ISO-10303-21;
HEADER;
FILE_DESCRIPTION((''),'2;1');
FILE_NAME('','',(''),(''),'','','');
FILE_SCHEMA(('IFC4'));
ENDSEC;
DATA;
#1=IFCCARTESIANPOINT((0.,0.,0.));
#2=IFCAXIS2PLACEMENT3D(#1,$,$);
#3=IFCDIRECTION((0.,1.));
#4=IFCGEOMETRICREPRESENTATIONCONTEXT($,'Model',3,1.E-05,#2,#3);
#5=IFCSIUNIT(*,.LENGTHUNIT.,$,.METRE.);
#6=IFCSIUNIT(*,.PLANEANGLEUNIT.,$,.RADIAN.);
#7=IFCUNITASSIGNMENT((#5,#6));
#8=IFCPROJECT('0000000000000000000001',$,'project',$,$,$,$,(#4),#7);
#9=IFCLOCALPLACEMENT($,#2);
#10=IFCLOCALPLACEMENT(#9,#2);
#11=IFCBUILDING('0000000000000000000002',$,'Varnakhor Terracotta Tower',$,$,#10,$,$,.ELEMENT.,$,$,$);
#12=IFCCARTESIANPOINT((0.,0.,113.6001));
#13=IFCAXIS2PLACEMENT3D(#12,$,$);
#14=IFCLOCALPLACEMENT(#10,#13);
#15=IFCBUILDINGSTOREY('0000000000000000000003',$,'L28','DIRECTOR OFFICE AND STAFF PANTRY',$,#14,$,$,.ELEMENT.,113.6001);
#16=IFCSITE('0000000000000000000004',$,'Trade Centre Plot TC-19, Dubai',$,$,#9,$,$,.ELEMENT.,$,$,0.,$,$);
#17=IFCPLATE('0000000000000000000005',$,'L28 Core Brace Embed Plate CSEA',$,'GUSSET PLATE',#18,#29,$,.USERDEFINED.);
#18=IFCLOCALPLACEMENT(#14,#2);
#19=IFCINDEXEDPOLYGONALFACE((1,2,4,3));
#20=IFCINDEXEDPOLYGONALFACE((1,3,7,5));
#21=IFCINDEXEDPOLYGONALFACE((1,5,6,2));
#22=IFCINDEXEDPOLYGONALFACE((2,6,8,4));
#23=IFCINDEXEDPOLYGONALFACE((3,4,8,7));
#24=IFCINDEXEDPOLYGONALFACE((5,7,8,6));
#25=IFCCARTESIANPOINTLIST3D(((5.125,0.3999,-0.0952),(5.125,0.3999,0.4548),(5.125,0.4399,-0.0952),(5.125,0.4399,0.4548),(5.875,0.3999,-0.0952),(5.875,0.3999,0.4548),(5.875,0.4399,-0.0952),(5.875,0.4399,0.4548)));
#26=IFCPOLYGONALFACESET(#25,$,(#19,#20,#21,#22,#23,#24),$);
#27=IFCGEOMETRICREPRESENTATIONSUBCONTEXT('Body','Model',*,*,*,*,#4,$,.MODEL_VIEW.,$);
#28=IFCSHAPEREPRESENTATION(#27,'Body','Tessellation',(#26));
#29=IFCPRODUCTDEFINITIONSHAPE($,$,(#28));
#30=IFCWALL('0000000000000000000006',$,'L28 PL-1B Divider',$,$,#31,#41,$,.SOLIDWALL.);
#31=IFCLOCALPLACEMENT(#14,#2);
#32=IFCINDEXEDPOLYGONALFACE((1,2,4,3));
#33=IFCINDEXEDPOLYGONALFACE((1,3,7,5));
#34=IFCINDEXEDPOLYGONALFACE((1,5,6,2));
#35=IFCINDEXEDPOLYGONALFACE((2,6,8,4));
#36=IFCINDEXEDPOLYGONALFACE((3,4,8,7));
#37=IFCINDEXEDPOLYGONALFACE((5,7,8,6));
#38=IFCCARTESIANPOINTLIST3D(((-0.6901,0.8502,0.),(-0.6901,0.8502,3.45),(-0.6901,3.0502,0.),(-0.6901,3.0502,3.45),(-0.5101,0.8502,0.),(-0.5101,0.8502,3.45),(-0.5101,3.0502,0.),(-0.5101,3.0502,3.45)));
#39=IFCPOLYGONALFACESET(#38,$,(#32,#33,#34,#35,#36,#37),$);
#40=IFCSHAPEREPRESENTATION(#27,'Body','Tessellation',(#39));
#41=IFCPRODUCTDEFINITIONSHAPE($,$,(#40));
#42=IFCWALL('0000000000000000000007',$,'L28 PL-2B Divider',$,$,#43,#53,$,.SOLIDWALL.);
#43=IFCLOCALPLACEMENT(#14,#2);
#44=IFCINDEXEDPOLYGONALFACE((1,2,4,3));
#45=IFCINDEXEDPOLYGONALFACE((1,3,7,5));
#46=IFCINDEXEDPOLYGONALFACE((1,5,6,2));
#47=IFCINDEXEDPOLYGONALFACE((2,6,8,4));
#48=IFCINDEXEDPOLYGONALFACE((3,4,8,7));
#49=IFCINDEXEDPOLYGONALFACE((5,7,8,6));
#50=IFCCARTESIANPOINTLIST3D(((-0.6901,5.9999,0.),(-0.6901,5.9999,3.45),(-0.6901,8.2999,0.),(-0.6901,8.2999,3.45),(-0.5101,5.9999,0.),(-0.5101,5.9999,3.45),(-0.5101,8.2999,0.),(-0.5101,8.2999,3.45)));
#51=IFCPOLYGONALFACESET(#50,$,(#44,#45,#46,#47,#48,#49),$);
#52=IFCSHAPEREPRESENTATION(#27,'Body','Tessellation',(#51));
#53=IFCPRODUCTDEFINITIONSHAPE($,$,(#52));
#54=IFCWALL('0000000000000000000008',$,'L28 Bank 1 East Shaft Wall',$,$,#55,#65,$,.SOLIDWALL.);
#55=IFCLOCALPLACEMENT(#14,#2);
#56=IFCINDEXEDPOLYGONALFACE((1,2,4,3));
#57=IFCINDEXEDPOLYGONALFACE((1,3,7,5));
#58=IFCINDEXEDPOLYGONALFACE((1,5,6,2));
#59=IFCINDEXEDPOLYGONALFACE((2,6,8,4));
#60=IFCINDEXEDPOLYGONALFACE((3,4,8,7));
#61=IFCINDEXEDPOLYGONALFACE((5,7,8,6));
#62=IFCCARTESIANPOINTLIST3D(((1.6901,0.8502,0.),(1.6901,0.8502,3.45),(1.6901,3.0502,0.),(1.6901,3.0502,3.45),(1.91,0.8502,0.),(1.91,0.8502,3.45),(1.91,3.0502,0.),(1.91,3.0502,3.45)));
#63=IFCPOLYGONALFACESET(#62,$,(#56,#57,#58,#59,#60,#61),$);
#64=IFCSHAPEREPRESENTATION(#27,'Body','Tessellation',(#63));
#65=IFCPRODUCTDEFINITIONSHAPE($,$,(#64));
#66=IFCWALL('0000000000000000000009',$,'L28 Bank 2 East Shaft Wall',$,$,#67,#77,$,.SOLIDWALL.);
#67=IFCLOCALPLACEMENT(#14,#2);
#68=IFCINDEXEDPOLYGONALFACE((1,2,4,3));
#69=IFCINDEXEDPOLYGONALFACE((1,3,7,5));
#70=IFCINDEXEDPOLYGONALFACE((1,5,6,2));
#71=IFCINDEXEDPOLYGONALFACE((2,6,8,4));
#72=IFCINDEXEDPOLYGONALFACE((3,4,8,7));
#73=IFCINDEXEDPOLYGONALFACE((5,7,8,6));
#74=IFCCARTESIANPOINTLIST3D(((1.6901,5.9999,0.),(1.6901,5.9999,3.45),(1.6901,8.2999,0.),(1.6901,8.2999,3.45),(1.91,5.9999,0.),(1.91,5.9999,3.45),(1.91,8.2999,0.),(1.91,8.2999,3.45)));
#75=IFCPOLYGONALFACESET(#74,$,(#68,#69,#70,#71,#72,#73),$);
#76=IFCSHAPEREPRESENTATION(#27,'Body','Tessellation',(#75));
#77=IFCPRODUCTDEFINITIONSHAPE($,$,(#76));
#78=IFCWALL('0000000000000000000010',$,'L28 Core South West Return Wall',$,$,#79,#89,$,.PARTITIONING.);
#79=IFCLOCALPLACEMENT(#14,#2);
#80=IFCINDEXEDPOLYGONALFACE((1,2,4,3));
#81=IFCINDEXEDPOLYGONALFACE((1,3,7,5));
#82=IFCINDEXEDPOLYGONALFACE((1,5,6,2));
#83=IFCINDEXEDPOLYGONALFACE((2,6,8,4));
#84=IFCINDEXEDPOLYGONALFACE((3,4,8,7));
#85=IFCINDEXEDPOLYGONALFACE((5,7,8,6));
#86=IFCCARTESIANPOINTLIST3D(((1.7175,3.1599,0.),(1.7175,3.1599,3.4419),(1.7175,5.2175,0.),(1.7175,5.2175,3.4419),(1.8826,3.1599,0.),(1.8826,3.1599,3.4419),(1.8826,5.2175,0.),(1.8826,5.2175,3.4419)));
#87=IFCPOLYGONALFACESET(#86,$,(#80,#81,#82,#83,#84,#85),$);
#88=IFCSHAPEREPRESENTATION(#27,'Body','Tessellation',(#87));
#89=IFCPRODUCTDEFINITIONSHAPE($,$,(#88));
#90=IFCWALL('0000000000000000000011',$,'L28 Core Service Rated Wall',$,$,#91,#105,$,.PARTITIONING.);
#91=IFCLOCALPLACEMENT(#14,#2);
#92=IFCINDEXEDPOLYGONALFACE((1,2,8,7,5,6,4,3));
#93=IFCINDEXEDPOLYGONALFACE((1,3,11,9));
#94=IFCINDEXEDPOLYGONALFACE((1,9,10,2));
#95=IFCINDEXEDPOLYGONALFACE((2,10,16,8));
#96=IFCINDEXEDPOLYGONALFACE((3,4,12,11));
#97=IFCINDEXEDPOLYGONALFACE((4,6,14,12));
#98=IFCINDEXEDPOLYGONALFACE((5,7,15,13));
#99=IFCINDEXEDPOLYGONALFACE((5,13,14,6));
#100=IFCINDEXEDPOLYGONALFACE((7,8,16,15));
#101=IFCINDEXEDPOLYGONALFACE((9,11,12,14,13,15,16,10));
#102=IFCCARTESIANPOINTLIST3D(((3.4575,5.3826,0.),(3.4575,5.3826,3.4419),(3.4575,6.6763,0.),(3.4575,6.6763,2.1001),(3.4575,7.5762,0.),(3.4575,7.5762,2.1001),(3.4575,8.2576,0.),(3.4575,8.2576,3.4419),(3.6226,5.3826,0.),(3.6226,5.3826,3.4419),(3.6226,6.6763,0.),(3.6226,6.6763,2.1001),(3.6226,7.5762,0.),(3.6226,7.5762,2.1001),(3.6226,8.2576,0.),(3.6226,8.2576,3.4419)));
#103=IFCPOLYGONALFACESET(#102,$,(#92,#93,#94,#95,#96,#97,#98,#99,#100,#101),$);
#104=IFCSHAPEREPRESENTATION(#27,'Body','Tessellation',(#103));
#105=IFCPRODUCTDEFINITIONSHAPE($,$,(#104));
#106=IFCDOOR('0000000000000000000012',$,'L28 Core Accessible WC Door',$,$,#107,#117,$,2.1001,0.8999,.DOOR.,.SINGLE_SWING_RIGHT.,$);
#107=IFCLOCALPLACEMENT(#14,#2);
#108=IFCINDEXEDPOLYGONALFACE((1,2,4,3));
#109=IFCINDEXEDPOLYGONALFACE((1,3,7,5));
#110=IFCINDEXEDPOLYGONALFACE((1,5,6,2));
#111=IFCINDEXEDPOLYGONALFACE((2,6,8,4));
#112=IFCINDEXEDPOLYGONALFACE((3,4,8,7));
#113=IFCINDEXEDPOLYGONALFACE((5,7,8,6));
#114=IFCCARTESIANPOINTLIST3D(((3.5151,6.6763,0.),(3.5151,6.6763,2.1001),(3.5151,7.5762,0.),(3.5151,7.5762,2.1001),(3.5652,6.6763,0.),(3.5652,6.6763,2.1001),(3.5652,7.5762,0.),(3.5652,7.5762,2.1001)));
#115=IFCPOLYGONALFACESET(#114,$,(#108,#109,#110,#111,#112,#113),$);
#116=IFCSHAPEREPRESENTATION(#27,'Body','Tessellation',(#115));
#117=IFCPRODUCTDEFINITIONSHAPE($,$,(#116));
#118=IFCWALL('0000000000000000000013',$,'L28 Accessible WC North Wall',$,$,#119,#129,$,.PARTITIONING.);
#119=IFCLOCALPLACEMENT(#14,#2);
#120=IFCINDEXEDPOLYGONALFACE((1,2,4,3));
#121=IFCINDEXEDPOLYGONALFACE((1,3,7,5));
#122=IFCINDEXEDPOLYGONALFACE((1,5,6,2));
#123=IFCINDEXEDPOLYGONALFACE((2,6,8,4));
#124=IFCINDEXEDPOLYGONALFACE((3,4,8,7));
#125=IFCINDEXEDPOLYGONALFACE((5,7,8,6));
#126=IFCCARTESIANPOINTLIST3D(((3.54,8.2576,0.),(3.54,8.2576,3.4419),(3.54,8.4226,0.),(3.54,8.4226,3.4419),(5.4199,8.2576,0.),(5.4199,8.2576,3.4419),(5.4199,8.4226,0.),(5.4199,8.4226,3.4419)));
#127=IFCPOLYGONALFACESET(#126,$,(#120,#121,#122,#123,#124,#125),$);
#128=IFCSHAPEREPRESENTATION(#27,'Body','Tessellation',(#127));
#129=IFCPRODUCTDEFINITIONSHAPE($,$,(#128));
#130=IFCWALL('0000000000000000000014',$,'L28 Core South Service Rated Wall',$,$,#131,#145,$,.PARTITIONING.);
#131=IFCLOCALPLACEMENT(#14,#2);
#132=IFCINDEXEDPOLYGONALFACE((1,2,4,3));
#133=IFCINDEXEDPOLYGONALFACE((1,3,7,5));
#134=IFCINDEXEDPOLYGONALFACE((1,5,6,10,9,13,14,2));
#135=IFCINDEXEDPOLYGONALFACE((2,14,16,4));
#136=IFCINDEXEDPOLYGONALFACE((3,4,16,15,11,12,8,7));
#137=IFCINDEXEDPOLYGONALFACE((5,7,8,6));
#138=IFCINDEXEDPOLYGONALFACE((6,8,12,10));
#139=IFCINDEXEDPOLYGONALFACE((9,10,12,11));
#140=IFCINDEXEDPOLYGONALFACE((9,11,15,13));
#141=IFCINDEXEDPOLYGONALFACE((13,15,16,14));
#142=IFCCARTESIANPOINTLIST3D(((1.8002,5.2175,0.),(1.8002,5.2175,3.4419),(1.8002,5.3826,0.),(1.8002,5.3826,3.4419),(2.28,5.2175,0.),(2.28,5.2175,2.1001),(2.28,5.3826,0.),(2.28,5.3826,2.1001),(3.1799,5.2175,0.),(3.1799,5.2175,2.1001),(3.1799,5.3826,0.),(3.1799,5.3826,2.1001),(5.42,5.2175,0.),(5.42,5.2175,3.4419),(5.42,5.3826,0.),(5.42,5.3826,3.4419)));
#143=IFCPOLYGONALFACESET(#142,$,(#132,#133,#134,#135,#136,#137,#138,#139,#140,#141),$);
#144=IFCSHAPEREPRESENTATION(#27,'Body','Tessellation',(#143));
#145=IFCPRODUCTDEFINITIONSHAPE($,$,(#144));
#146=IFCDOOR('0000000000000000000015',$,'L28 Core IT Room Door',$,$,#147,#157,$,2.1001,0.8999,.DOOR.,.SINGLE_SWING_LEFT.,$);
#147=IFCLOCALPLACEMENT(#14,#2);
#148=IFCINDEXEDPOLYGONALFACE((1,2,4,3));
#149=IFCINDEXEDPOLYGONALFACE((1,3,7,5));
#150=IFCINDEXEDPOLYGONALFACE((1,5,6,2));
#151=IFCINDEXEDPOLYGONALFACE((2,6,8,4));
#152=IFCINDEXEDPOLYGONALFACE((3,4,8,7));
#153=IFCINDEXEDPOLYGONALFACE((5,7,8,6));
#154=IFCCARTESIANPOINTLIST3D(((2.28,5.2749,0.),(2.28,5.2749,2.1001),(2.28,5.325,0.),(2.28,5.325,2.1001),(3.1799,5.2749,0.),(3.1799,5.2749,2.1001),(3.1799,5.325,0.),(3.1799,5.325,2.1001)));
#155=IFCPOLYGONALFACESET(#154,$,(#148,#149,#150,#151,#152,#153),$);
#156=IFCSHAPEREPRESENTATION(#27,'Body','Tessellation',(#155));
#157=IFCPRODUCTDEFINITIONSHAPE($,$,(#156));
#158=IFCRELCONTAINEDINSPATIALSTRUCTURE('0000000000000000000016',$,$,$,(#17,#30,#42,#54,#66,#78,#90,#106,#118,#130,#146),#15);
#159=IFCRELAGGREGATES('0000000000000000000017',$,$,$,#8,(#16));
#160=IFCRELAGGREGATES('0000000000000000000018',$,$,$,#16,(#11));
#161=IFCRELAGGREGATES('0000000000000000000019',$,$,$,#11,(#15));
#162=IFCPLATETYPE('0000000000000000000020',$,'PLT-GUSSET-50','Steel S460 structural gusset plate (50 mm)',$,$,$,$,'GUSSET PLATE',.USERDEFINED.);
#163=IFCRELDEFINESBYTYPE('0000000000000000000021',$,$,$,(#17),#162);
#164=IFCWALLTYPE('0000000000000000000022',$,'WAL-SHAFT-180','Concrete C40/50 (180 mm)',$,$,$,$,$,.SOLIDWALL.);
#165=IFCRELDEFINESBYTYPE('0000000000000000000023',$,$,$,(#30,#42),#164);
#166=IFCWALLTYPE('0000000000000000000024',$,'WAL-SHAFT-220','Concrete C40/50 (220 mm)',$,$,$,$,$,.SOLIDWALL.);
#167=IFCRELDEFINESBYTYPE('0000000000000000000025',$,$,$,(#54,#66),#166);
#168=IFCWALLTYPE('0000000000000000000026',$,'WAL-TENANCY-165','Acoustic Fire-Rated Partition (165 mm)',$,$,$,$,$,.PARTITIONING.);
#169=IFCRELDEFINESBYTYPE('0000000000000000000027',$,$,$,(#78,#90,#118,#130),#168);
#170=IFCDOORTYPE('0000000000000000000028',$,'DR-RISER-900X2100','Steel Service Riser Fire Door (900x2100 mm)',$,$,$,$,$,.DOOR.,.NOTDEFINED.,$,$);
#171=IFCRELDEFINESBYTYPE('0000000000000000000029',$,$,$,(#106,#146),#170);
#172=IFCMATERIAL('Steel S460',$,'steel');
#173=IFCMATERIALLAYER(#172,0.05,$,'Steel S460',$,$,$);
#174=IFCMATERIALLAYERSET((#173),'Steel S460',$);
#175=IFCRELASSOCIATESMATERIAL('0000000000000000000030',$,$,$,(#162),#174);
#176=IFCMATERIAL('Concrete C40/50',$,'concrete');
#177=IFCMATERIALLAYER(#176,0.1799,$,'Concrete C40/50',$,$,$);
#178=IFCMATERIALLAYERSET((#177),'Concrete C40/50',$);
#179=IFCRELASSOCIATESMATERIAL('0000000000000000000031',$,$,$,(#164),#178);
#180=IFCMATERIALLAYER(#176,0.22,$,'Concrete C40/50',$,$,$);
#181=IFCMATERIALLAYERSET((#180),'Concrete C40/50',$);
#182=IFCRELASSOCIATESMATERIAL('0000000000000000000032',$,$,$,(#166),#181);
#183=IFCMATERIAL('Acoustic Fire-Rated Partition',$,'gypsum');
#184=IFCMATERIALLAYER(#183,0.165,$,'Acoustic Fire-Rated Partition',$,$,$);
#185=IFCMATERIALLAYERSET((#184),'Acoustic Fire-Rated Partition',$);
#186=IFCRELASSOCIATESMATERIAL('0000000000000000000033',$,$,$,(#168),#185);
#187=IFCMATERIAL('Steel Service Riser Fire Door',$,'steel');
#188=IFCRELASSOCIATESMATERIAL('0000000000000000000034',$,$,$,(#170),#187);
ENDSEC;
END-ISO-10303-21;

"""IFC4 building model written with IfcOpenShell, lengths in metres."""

from ifc_helpers import new_model, si_unit, direction, frame, frame_2d, origin, origin_2d, place, context, subcontext, project, spatial, rectangle, extrude, source, transform, mapped, material, layer, layer_set, type_object, type_shapes, element, fill, save


model = new_model("IFC4")

# Units and contexts
model_context = context("Model", 3, precision=1e-05, world=origin(), true_north=direction((0.0, 1.0)))
body_context = subcontext(model_context, "Body", "Model", "MODEL_VIEW")
ifc_project = project(units=[si_unit("LENGTHUNIT", "METRE"), si_unit("PLANEANGLEUNIT", "RADIAN")], contexts=[model_context])

# Site, building, storey
site_placement = place(None, origin())
site = spatial("IfcSite", under=ifc_project, at=site_placement, Name="Trade Centre Plot TC-19, Dubai", CompositionType="ELEMENT", RefElevation=0.0)
building_placement = place(site_placement, origin())
building = spatial("IfcBuilding", under=site, at=building_placement, Name="Varnakhor Terracotta Tower", CompositionType="ELEMENT")
storey_placement = place(building_placement, frame((0.0, 0.0, 113.6001)))
storey = spatial("IfcBuildingStorey", under=building, at=storey_placement, Name="L28", Description="DIRECTOR OFFICE AND STAFF PANTRY", CompositionType="ELEMENT", Elevation=113.6001)

# Shared definitions
ifc_material_1 = material(Name="Steel S460", Category="steel")

# Shared definitions
ifc_material_2 = material(Name="Concrete C40/50", Category="concrete")

# Plate
ifc_layer_1 = layer(ifc_material_1, 0.05, Name="Steel S460")
ifc_layer_set_1 = layer_set([ifc_layer_1], Name="Steel S460")
plate_type = type_object("IfcPlateType", Name="PLT-GUSSET-50", Description="Steel S460 structural gusset plate (50 mm)", ElementType="GUSSET PLATE", PredefinedType="USERDEFINED", material=ifc_layer_set_1)
shared_shape_1 = source(origin(), body_context, "Body", "SweptSolid", [
    extrude(rectangle(XDim=0.75, YDim=0.04, at=origin_2d()), origin(), (0.0, 0.0, 1.0), 0.55),
])
type_shapes(plate_type, [shared_shape_1])
plate_placement = place(storey_placement, frame((5.5, 0.4199, -0.0952), z_axis=(0.0, 0.0, 1.0), x_axis=(1.0, 0.0, 0.0)))
element("IfcPlate", 1, at=plate_placement, inside=storey, type_object=plate_type, Name="L28 Core Brace Embed Plate CSEA", ObjectType="GUSSET PLATE", PredefinedType="USERDEFINED", context=body_context, shape_type="MappedRepresentation", body=[
    mapped(shared_shape_1, transform((0.0, 0.0, 0.0), scale=1.0)),
])

# Walls
ifc_layer_2 = layer(ifc_material_2, 0.1799, Name="Concrete C40/50")
ifc_layer_set_2 = layer_set([ifc_layer_2], Name="Concrete C40/50")
wall_type_1 = type_object("IfcWallType", Name="WAL-SHAFT-180", Description="Concrete C40/50 (180 mm)", PredefinedType="SOLIDWALL", material=ifc_layer_set_2)
wall_1_placement = place(storey_placement, frame((-0.6001, 0.8501, 0.0), z_axis=(0.0, 0.0, 1.0), x_axis=(0.0, 1.0, 0.0)))
element("IfcWall", 2, at=wall_1_placement, inside=storey, type_object=wall_type_1, Name="L28 PL-1B Divider", PredefinedType="SOLIDWALL", context=body_context, shape_type="SweptSolid", body=[
    extrude(rectangle(XDim=2.2, YDim=0.1799, at=frame_2d((1.1001, 0.0))), origin(), (0.0, 0.0, 1.0), 3.45),
])
wall_2_placement = place(storey_placement, frame((-0.6001, 6.0, 0.0), z_axis=(0.0, 0.0, 1.0), x_axis=(0.0, 1.0, 0.0)))
element("IfcWall", 3, at=wall_2_placement, inside=storey, type_object=wall_type_1, Name="L28 PL-2B Divider", PredefinedType="SOLIDWALL", context=body_context, shape_type="SweptSolid", body=[
    extrude(rectangle(XDim=2.3, YDim=0.1799, at=frame_2d((1.1499, 0.0))), origin(), (0.0, 0.0, 1.0), 3.45),
])
ifc_layer_3 = layer(ifc_material_2, 0.22, Name="Concrete C40/50")
ifc_layer_set_3 = layer_set([ifc_layer_3], Name="Concrete C40/50")
wall_type_2 = type_object("IfcWallType", Name="WAL-SHAFT-220", Description="Concrete C40/50 (220 mm)", PredefinedType="SOLIDWALL", material=ifc_layer_set_3)
wall_3_placement = place(storey_placement, frame((1.8, 0.8501, 0.0), z_axis=(0.0, 0.0, 1.0), x_axis=(0.0, 1.0, 0.0)))
element("IfcWall", 4, at=wall_3_placement, inside=storey, type_object=wall_type_2, Name="L28 Bank 1 East Shaft Wall", PredefinedType="SOLIDWALL", context=body_context, shape_type="SweptSolid", body=[
    extrude(rectangle(XDim=2.2, YDim=0.22, at=frame_2d((1.1001, 0.0))), origin(), (0.0, 0.0, 1.0), 3.45),
])
wall_4_placement = place(storey_placement, frame((1.8, 6.0, 0.0), z_axis=(0.0, 0.0, 1.0), x_axis=(0.0, 1.0, 0.0)))
element("IfcWall", 5, at=wall_4_placement, inside=storey, type_object=wall_type_2, Name="L28 Bank 2 East Shaft Wall", PredefinedType="SOLIDWALL", context=body_context, shape_type="SweptSolid", body=[
    extrude(rectangle(XDim=2.3, YDim=0.22, at=frame_2d((1.1499, 0.0))), origin(), (0.0, 0.0, 1.0), 3.45),
])
ifc_material_3 = material(Name="Acoustic Fire-Rated Partition", Category="gypsum")
ifc_layer_4 = layer(ifc_material_3, 0.165, Name="Acoustic Fire-Rated Partition")
ifc_layer_set_4 = layer_set([ifc_layer_4], Name="Acoustic Fire-Rated Partition")
wall_type_3 = type_object("IfcWallType", Name="WAL-TENANCY-165", Description="Acoustic Fire-Rated Partition (165 mm)", PredefinedType="PARTITIONING", material=ifc_layer_set_4)
wall_5_placement = place(storey_placement, frame((1.8, 3.1599, 0.0), z_axis=(0.0, 0.0, 1.0), x_axis=(0.0, 1.0, 0.0)))
element("IfcWall", 6, at=wall_5_placement, inside=storey, type_object=wall_type_3, Name="L28 Core South West Return Wall", PredefinedType="PARTITIONING", context=body_context, shape_type="SweptSolid", body=[
    extrude(rectangle(XDim=2.0576, YDim=0.165, at=frame_2d((1.0288, 0.0))), origin(), (0.0, 0.0, 1.0), 3.4419),
])

# Wall, opening, door
wall_6_placement = place(storey_placement, frame((3.54, 5.3826, 0.0), z_axis=(0.0, 0.0, 1.0), x_axis=(0.0, 1.0, 0.0)))
wall_6 = element("IfcWall", 7, at=wall_6_placement, inside=storey, type_object=wall_type_3, Name="L28 Core Service Rated Wall", PredefinedType="PARTITIONING", context=body_context, shape_type="SweptSolid", body=[
    extrude(rectangle(XDim=2.875, YDim=0.165, at=frame_2d((1.4375, 0.0))), origin(), (0.0, 0.0, 1.0), 3.4419),
])
opening_1_placement = place(wall_6_placement, frame((1.2937, 0.0, 0.0)))
opening_1 = element("IfcOpeningElement", 8, at=opening_1_placement, cuts=wall_6, PredefinedType="OPENING", context=body_context, shape_type="SweptSolid", body=[
    extrude(rectangle(XDim=0.8999, YDim=2.1001, at=frame_2d((0.45, 1.05))), frame((0.0, 0.0925, 0.0), z_axis=(0.0, -1.0, 0.0), x_axis=(1.0, 0.0, 0.0)), (0.0, 0.0, 1.0), 0.1851),
])
ifc_material_4 = material(Name="Steel Service Riser Fire Door", Category="steel")
door_type = type_object("IfcDoorType", Name="DR-RISER-900X2100", Description="Steel Service Riser Fire Door (900x2100 mm)", OperationType="NOTDEFINED", PredefinedType="DOOR", material=ifc_material_4)
shared_shape_2 = source(origin(), body_context, "Body", "SweptSolid", [
    extrude(rectangle(XDim=0.8999, YDim=2.1001, at=frame_2d((0.45, 1.05))), frame((0.0, 0.0249, 0.0), z_axis=(0.0, -1.0, 0.0), x_axis=(1.0, 0.0, 0.0)), (0.0, 0.0, 1.0), 0.05),
])
type_shapes(door_type, [shared_shape_2])
door_1_placement = place(opening_1_placement, origin())
door_1 = element("IfcDoor", 9, at=door_1_placement, inside=storey, type_object=door_type, Name="L28 Core Accessible WC Door", OperationType="SINGLE_SWING_RIGHT", OverallHeight=2.1001, OverallWidth=0.8999, PredefinedType="DOOR", context=body_context, shape_type="MappedRepresentation", body=[
    mapped(shared_shape_2, transform((0.0, 0.0, 0.0), scale=1.0)),
])
fill(opening_1, door_1)

# Wall
wall_7_placement = place(storey_placement, frame((3.54, 8.3401, 0.0), z_axis=(0.0, 0.0, 1.0), x_axis=(1.0, 0.0, 0.0)))
element("IfcWall", 10, at=wall_7_placement, inside=storey, type_object=wall_type_3, Name="L28 Accessible WC North Wall", PredefinedType="PARTITIONING", context=body_context, shape_type="SweptSolid", body=[
    extrude(rectangle(XDim=1.8799, YDim=0.165, at=frame_2d((0.9399, 0.0))), origin(), (0.0, 0.0, 1.0), 3.4419),
])

# Wall, opening, door
wall_8_placement = place(storey_placement, frame((1.8, 5.3, 0.0), z_axis=(0.0, 0.0, 1.0), x_axis=(1.0, 0.0, 0.0)))
wall_8 = element("IfcWall", 11, at=wall_8_placement, inside=storey, type_object=wall_type_3, Name="L28 Core South Service Rated Wall", PredefinedType="PARTITIONING", context=body_context, shape_type="SweptSolid", body=[
    extrude(rectangle(XDim=3.6199, YDim=0.165, at=frame_2d((1.8101, 0.0))), origin(), (0.0, 0.0, 1.0), 3.4419),
])
opening_2_placement = place(wall_8_placement, frame((0.48, 0.0, 0.0)))
opening_2 = element("IfcOpeningElement", 12, at=opening_2_placement, cuts=wall_8, PredefinedType="OPENING", context=body_context, shape_type="SweptSolid", body=[
    extrude(rectangle(XDim=0.8999, YDim=2.1001, at=frame_2d((0.45, 1.05))), frame((0.0, 0.0925, 0.0), z_axis=(0.0, -1.0, 0.0), x_axis=(1.0, 0.0, 0.0)), (0.0, 0.0, 1.0), 0.1851),
])
door_2_placement = place(opening_2_placement, origin())
door_2 = element("IfcDoor", 13, at=door_2_placement, inside=storey, type_object=door_type, Name="L28 Core IT Room Door", OperationType="SINGLE_SWING_LEFT", OverallHeight=2.1001, OverallWidth=0.8999, PredefinedType="DOOR", context=body_context, shape_type="MappedRepresentation", body=[
    mapped(shared_shape_2, transform((0.0, 0.0, 0.0), scale=1.0)),
])
fill(opening_2, door_2)

save(model, "model.ifc")
